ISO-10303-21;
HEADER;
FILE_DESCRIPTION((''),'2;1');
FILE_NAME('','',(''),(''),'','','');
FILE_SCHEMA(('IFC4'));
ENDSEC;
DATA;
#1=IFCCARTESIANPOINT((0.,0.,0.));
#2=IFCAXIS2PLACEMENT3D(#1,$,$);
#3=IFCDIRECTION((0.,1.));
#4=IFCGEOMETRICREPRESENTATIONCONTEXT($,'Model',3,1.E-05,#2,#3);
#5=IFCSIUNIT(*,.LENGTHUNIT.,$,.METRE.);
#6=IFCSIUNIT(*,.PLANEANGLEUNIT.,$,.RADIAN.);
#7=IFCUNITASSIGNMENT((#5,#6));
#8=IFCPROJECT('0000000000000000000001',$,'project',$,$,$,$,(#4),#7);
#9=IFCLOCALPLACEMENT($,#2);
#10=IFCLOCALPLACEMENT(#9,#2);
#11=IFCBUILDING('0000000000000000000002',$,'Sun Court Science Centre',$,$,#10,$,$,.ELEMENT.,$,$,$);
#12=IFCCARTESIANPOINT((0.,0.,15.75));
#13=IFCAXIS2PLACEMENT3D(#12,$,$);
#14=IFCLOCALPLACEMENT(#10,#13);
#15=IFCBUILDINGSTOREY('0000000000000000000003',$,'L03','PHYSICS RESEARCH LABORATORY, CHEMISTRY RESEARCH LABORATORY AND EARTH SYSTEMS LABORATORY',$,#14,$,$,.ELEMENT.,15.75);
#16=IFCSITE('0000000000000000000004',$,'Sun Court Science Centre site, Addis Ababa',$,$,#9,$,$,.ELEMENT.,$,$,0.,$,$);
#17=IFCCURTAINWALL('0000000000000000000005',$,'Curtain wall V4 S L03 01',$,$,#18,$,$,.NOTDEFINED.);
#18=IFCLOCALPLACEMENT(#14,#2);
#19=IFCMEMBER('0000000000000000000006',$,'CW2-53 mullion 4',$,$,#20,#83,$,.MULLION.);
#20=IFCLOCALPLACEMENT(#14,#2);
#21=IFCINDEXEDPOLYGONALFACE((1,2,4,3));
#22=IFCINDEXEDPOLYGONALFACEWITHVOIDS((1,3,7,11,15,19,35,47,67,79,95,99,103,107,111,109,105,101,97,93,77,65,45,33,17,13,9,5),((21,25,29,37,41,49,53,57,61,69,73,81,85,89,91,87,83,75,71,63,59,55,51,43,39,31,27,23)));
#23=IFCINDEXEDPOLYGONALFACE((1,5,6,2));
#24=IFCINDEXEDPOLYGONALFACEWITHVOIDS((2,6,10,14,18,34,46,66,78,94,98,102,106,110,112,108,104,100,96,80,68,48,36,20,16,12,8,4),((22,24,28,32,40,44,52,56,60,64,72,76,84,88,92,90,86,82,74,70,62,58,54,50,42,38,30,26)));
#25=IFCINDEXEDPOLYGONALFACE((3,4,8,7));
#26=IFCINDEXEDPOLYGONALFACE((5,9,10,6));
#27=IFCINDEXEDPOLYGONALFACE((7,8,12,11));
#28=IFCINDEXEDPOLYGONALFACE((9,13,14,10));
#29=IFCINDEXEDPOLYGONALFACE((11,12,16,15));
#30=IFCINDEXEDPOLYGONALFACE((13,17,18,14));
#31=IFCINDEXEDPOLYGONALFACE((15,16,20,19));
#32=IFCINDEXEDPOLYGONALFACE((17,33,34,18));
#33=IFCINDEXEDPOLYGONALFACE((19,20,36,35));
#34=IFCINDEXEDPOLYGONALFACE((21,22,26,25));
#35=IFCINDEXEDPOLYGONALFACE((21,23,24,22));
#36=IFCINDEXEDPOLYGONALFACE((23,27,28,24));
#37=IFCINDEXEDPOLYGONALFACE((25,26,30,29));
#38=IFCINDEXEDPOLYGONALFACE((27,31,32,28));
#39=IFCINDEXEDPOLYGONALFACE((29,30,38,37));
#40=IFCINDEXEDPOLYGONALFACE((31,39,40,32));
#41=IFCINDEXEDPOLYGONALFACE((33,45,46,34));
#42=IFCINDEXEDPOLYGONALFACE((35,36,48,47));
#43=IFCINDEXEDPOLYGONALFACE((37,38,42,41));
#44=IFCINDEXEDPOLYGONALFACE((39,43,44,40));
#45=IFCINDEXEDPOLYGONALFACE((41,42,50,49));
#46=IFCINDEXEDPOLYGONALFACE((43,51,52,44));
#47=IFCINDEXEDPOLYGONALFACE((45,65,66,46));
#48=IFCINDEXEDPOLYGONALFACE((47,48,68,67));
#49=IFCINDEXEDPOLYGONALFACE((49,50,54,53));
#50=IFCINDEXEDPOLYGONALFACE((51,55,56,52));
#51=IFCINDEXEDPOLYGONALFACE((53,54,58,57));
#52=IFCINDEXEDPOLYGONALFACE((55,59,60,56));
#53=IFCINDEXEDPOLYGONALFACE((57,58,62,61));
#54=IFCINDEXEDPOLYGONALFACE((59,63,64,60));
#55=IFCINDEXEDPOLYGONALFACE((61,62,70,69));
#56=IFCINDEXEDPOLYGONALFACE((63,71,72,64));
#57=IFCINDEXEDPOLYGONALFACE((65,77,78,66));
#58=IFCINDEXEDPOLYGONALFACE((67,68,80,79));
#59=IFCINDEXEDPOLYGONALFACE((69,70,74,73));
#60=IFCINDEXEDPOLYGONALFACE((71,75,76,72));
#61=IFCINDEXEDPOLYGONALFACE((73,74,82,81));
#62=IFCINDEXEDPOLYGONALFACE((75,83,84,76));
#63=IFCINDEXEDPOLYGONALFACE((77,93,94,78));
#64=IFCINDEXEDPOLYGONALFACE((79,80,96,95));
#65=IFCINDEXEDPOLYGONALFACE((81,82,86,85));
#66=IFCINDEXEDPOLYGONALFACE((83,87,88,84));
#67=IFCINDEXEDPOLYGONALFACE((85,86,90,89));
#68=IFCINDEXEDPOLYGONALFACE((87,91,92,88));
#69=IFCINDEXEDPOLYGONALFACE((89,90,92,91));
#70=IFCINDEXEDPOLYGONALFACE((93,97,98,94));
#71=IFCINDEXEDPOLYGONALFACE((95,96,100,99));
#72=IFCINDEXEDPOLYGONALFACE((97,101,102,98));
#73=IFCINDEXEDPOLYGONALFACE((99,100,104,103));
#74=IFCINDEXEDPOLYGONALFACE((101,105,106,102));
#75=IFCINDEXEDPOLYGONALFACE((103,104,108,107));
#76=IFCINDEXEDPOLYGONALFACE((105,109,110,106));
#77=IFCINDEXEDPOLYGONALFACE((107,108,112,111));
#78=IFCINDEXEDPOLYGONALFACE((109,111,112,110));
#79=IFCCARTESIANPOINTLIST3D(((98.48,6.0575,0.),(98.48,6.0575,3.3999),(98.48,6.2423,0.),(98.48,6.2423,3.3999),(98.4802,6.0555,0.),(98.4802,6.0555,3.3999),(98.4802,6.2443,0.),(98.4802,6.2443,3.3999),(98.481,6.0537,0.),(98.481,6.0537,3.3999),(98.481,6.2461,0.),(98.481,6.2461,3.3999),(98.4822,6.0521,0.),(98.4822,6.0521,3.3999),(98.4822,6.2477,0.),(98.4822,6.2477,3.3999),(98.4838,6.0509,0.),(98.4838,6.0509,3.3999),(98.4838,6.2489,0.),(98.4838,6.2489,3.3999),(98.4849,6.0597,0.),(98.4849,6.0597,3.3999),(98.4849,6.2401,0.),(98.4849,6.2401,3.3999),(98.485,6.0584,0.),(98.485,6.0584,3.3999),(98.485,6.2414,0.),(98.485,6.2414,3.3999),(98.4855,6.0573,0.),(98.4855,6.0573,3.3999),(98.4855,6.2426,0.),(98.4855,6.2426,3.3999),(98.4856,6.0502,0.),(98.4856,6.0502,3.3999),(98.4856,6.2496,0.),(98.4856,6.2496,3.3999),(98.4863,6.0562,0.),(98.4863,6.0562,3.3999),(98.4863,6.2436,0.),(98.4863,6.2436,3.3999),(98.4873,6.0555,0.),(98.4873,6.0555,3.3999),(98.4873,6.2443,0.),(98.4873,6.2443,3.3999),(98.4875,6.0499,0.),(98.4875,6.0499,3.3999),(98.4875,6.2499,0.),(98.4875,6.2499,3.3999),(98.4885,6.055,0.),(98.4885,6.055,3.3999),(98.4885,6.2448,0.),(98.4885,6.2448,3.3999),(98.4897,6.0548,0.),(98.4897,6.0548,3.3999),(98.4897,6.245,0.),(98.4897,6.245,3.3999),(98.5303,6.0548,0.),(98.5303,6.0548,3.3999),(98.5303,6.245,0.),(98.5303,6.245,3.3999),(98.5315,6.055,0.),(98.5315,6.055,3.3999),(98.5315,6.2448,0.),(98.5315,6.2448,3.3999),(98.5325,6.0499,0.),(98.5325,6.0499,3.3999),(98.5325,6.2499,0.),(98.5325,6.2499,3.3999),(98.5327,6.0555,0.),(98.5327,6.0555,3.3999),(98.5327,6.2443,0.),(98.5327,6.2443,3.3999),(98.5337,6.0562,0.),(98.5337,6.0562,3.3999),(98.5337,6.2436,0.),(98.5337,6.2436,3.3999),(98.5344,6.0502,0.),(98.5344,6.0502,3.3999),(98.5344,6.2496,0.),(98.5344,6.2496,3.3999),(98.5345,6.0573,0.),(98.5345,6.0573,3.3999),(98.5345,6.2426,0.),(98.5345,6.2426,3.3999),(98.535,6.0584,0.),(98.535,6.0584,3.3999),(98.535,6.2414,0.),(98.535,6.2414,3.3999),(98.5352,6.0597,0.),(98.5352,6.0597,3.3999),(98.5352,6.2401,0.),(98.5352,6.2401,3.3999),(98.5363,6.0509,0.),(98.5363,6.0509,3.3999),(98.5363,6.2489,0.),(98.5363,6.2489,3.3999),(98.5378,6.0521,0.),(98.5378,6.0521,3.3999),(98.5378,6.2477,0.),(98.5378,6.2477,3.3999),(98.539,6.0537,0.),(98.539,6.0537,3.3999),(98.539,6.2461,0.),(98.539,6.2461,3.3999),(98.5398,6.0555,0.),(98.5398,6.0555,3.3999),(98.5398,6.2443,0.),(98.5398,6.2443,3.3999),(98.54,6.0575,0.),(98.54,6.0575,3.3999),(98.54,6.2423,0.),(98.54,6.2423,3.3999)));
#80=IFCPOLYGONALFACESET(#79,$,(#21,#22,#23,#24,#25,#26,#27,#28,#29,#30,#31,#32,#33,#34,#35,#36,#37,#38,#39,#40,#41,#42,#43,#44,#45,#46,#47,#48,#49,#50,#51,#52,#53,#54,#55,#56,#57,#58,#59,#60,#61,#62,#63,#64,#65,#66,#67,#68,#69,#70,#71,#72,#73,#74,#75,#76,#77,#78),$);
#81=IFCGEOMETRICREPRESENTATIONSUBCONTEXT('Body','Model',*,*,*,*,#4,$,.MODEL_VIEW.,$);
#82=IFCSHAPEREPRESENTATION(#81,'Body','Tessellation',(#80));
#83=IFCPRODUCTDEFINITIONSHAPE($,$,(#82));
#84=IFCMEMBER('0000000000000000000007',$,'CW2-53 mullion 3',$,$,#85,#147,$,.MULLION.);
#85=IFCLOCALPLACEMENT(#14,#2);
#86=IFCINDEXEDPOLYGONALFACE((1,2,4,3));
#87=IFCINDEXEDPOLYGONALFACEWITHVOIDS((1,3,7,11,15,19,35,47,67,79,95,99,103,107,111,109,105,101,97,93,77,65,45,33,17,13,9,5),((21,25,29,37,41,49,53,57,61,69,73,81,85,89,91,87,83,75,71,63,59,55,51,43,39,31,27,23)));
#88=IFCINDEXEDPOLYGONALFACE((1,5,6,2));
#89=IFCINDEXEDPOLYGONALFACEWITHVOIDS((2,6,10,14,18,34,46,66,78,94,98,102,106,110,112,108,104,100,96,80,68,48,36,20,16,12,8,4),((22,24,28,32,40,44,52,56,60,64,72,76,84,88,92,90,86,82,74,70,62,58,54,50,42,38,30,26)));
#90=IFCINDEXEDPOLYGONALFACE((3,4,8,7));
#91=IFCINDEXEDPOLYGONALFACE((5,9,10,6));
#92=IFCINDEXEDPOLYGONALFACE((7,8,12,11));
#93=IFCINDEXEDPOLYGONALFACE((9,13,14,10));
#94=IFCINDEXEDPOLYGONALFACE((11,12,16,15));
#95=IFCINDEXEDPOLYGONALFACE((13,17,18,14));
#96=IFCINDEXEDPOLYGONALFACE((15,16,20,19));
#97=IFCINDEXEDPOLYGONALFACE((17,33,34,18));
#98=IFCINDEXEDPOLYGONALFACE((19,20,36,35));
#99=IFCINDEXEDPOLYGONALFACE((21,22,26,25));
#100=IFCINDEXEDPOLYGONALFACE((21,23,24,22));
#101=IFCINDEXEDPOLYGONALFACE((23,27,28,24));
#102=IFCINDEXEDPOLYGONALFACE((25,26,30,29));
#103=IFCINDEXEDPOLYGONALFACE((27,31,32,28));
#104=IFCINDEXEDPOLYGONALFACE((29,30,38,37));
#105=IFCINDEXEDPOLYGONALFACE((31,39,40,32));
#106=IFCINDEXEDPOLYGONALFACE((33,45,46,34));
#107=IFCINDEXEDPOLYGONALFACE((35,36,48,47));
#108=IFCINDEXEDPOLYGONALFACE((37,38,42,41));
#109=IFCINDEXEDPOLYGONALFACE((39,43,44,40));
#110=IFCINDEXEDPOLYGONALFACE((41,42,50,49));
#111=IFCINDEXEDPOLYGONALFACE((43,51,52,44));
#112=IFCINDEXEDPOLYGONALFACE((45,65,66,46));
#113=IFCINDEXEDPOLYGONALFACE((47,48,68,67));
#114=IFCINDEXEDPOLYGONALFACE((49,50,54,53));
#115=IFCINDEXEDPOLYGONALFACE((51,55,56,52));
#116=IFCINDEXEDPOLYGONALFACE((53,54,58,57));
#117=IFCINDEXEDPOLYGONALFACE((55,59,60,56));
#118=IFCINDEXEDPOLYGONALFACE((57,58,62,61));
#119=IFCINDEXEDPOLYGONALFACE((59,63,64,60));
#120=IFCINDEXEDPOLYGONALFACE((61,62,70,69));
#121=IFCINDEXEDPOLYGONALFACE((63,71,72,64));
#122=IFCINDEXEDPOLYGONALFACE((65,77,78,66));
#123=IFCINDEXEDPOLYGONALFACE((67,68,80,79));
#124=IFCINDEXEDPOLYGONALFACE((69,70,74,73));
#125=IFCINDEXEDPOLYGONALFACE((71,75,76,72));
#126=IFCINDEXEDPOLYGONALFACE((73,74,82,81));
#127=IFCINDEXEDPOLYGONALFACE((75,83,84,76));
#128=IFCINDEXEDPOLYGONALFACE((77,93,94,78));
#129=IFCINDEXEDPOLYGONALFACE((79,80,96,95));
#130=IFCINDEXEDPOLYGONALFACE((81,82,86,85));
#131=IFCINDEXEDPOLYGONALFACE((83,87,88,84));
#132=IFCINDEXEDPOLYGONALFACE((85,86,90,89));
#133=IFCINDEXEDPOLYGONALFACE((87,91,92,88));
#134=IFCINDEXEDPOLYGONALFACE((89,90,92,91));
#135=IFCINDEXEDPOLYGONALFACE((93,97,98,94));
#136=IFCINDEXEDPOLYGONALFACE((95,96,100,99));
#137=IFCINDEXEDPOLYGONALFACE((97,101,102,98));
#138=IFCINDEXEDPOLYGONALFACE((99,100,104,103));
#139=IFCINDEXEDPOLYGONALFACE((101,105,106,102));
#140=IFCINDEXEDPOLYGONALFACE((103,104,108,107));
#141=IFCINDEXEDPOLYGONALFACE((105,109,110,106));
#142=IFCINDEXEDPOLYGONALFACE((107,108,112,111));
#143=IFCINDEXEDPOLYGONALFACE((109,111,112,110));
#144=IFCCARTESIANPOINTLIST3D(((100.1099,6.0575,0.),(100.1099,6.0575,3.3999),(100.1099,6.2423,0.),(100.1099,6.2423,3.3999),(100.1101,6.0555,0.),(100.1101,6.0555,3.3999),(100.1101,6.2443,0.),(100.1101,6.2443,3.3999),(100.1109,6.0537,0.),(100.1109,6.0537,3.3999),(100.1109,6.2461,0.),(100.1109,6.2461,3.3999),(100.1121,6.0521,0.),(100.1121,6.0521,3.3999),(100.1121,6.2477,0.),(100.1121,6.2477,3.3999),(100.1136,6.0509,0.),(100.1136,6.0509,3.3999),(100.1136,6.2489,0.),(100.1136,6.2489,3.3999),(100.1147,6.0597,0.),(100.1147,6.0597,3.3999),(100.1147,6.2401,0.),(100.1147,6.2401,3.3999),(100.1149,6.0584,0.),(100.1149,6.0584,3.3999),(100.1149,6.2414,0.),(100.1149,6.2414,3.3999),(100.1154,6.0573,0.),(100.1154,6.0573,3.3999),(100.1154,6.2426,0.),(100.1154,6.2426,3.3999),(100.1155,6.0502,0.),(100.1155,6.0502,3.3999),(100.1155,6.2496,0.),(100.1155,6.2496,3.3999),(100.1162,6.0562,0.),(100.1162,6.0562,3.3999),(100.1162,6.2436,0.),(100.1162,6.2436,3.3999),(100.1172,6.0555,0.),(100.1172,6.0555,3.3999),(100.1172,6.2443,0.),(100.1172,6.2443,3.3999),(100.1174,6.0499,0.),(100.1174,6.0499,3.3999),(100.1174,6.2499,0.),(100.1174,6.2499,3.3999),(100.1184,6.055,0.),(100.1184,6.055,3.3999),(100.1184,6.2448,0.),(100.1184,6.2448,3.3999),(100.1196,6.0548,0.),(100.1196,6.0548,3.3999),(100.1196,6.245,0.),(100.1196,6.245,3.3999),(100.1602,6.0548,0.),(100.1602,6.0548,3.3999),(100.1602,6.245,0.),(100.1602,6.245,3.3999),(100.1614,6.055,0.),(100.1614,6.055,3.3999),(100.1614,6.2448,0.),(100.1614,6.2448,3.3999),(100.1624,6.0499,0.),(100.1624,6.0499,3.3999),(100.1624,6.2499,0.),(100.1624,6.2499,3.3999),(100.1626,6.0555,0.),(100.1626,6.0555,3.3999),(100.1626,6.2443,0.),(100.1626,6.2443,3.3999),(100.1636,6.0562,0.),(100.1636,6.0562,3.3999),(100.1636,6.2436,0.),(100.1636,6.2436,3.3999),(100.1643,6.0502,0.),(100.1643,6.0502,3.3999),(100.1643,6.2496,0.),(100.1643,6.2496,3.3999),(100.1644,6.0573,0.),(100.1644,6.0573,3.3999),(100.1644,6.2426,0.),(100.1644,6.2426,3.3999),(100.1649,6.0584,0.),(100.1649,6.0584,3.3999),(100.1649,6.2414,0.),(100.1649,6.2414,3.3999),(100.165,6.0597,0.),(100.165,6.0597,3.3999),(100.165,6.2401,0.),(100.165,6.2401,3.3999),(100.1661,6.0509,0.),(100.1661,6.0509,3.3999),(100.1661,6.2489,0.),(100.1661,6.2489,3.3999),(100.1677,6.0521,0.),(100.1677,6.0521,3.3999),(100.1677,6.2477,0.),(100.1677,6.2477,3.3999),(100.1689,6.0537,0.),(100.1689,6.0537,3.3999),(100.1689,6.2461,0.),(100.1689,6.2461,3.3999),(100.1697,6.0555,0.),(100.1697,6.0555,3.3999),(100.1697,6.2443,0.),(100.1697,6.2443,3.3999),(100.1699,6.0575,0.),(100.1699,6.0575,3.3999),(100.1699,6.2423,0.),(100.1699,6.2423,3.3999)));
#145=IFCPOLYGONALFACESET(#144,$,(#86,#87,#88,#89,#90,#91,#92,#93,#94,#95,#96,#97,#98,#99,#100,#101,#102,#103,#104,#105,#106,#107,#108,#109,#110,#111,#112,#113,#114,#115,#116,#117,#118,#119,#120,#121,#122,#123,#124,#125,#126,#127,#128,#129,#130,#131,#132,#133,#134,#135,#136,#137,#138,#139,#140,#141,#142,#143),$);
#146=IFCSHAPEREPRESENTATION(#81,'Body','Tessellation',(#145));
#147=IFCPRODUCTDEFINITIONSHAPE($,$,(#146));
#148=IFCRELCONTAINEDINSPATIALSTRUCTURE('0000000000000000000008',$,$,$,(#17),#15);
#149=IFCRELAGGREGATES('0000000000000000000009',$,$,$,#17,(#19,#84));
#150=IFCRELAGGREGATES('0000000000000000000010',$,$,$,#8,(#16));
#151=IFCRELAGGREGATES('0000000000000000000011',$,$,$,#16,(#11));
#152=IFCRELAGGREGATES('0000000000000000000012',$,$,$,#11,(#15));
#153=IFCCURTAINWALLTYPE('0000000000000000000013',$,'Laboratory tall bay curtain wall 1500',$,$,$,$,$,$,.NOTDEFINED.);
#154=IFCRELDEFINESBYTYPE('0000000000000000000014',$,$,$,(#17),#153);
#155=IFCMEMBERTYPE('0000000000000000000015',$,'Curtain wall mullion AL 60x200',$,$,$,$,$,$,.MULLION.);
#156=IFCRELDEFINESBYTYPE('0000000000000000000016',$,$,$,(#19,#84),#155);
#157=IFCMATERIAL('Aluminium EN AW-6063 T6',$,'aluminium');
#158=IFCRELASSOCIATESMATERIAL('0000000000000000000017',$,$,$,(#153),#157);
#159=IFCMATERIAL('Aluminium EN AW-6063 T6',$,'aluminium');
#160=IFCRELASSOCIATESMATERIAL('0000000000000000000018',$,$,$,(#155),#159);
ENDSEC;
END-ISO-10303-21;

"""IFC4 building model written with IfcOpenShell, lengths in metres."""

from ifc_helpers import new_model, si_unit, direction, frame, origin, origin_2d, place, context, subcontext, project, spatial, hollow_rectangle, extrude, material, material_profile, profile_set, type_object, element, aggregate, save


model = new_model("IFC4")

# Units and contexts
model_context = context("Model", 3, precision=1e-05, world=origin(), true_north=direction((0.0, 1.0)))
body_context = subcontext(model_context, "Body", "Model", "MODEL_VIEW")
ifc_project = project(units=[si_unit("LENGTHUNIT", "METRE"), si_unit("PLANEANGLEUNIT", "RADIAN")], contexts=[model_context])

# Site, building, storey
site_placement = place(None, origin())
site = spatial("IfcSite", under=ifc_project, at=site_placement, Name="Sun Court Science Centre site, Addis Ababa", CompositionType="ELEMENT", RefElevation=0.0)
building_placement = place(site_placement, origin())
building = spatial("IfcBuilding", under=site, at=building_placement, Name="Sun Court Science Centre", CompositionType="ELEMENT")
storey_placement = place(building_placement, frame((0.0, 0.0, 15.75)))
storey = spatial("IfcBuildingStorey", under=building, at=storey_placement, Name="L03", Description="PHYSICS RESEARCH LABORATORY, CHEMISTRY RESEARCH LABORATORY AND EARTH SYSTEMS LABORATORY", CompositionType="ELEMENT", Elevation=15.75)

# Curtain wall, members
ifc_material_1 = material(Name="Aluminium EN AW-6063 T6", Category="aluminium")
curtain_wall_type = type_object("IfcCurtainWallType", Name="Laboratory tall bay curtain wall 1500", PredefinedType="NOTDEFINED", material=ifc_material_1)
curtain_wall_1_placement = place(storey_placement, origin())
curtain_wall_1 = element("IfcCurtainWall", 1, at=curtain_wall_1_placement, inside=storey, type_object=curtain_wall_type, Name="Curtain wall V4 S L03 01", PredefinedType="NOTDEFINED")
ifc_material_2 = material(Name="Aluminium EN AW-6063 T6", Category="aluminium")
ifc_material_profile_1 = material_profile(ifc_material_2, hollow_rectangle(XDim=0.0601, YDim=0.2, WallThickness=0.0049, InnerFilletRadius=0.0049, OuterFilletRadius=0.0076, at=origin_2d()), Name="AL 60x200x5")
ifc_profile_set_1 = profile_set([ifc_material_profile_1], Name="Aluminium EN AW-6063 T6")
member_type_1 = type_object("IfcMemberType", Name="Curtain wall mullion AL 60x200", PredefinedType="MULLION", material=ifc_profile_set_1)
member_1_placement = place(storey_placement, frame((98.51, 6.1499, 0.0), z_axis=(0.0, 0.0, 1.0), x_axis=(-1.0, 0.0, 0.0)))
member_1 = element("IfcMember", 2, at=member_1_placement, type_object=member_type_1, Name="CW2-53 mullion 4", PredefinedType="MULLION", context=body_context, shape_type="SweptSolid", body=[
    extrude(hollow_rectangle(XDim=0.0601, YDim=0.2, WallThickness=0.0049, InnerFilletRadius=0.0049, OuterFilletRadius=0.0076, at=origin_2d()), origin(), (0.0, 0.0, 1.0), 3.3999),
])
member_2_placement = place(storey_placement, frame((100.1399, 6.1499, 0.0), z_axis=(0.0, 0.0, 1.0), x_axis=(-1.0, 0.0, 0.0)))
member_2 = element("IfcMember", 3, at=member_2_placement, type_object=member_type_1, Name="CW2-53 mullion 3", PredefinedType="MULLION", context=body_context, shape_type="SweptSolid", body=[
    extrude(hollow_rectangle(XDim=0.0601, YDim=0.2, WallThickness=0.0049, InnerFilletRadius=0.0049, OuterFilletRadius=0.0076, at=origin_2d()), origin(), (0.0, 0.0, 1.0), 3.3999),
])

aggregate(curtain_wall_1, [member_1, member_2])

save(model, "model.ifc")
